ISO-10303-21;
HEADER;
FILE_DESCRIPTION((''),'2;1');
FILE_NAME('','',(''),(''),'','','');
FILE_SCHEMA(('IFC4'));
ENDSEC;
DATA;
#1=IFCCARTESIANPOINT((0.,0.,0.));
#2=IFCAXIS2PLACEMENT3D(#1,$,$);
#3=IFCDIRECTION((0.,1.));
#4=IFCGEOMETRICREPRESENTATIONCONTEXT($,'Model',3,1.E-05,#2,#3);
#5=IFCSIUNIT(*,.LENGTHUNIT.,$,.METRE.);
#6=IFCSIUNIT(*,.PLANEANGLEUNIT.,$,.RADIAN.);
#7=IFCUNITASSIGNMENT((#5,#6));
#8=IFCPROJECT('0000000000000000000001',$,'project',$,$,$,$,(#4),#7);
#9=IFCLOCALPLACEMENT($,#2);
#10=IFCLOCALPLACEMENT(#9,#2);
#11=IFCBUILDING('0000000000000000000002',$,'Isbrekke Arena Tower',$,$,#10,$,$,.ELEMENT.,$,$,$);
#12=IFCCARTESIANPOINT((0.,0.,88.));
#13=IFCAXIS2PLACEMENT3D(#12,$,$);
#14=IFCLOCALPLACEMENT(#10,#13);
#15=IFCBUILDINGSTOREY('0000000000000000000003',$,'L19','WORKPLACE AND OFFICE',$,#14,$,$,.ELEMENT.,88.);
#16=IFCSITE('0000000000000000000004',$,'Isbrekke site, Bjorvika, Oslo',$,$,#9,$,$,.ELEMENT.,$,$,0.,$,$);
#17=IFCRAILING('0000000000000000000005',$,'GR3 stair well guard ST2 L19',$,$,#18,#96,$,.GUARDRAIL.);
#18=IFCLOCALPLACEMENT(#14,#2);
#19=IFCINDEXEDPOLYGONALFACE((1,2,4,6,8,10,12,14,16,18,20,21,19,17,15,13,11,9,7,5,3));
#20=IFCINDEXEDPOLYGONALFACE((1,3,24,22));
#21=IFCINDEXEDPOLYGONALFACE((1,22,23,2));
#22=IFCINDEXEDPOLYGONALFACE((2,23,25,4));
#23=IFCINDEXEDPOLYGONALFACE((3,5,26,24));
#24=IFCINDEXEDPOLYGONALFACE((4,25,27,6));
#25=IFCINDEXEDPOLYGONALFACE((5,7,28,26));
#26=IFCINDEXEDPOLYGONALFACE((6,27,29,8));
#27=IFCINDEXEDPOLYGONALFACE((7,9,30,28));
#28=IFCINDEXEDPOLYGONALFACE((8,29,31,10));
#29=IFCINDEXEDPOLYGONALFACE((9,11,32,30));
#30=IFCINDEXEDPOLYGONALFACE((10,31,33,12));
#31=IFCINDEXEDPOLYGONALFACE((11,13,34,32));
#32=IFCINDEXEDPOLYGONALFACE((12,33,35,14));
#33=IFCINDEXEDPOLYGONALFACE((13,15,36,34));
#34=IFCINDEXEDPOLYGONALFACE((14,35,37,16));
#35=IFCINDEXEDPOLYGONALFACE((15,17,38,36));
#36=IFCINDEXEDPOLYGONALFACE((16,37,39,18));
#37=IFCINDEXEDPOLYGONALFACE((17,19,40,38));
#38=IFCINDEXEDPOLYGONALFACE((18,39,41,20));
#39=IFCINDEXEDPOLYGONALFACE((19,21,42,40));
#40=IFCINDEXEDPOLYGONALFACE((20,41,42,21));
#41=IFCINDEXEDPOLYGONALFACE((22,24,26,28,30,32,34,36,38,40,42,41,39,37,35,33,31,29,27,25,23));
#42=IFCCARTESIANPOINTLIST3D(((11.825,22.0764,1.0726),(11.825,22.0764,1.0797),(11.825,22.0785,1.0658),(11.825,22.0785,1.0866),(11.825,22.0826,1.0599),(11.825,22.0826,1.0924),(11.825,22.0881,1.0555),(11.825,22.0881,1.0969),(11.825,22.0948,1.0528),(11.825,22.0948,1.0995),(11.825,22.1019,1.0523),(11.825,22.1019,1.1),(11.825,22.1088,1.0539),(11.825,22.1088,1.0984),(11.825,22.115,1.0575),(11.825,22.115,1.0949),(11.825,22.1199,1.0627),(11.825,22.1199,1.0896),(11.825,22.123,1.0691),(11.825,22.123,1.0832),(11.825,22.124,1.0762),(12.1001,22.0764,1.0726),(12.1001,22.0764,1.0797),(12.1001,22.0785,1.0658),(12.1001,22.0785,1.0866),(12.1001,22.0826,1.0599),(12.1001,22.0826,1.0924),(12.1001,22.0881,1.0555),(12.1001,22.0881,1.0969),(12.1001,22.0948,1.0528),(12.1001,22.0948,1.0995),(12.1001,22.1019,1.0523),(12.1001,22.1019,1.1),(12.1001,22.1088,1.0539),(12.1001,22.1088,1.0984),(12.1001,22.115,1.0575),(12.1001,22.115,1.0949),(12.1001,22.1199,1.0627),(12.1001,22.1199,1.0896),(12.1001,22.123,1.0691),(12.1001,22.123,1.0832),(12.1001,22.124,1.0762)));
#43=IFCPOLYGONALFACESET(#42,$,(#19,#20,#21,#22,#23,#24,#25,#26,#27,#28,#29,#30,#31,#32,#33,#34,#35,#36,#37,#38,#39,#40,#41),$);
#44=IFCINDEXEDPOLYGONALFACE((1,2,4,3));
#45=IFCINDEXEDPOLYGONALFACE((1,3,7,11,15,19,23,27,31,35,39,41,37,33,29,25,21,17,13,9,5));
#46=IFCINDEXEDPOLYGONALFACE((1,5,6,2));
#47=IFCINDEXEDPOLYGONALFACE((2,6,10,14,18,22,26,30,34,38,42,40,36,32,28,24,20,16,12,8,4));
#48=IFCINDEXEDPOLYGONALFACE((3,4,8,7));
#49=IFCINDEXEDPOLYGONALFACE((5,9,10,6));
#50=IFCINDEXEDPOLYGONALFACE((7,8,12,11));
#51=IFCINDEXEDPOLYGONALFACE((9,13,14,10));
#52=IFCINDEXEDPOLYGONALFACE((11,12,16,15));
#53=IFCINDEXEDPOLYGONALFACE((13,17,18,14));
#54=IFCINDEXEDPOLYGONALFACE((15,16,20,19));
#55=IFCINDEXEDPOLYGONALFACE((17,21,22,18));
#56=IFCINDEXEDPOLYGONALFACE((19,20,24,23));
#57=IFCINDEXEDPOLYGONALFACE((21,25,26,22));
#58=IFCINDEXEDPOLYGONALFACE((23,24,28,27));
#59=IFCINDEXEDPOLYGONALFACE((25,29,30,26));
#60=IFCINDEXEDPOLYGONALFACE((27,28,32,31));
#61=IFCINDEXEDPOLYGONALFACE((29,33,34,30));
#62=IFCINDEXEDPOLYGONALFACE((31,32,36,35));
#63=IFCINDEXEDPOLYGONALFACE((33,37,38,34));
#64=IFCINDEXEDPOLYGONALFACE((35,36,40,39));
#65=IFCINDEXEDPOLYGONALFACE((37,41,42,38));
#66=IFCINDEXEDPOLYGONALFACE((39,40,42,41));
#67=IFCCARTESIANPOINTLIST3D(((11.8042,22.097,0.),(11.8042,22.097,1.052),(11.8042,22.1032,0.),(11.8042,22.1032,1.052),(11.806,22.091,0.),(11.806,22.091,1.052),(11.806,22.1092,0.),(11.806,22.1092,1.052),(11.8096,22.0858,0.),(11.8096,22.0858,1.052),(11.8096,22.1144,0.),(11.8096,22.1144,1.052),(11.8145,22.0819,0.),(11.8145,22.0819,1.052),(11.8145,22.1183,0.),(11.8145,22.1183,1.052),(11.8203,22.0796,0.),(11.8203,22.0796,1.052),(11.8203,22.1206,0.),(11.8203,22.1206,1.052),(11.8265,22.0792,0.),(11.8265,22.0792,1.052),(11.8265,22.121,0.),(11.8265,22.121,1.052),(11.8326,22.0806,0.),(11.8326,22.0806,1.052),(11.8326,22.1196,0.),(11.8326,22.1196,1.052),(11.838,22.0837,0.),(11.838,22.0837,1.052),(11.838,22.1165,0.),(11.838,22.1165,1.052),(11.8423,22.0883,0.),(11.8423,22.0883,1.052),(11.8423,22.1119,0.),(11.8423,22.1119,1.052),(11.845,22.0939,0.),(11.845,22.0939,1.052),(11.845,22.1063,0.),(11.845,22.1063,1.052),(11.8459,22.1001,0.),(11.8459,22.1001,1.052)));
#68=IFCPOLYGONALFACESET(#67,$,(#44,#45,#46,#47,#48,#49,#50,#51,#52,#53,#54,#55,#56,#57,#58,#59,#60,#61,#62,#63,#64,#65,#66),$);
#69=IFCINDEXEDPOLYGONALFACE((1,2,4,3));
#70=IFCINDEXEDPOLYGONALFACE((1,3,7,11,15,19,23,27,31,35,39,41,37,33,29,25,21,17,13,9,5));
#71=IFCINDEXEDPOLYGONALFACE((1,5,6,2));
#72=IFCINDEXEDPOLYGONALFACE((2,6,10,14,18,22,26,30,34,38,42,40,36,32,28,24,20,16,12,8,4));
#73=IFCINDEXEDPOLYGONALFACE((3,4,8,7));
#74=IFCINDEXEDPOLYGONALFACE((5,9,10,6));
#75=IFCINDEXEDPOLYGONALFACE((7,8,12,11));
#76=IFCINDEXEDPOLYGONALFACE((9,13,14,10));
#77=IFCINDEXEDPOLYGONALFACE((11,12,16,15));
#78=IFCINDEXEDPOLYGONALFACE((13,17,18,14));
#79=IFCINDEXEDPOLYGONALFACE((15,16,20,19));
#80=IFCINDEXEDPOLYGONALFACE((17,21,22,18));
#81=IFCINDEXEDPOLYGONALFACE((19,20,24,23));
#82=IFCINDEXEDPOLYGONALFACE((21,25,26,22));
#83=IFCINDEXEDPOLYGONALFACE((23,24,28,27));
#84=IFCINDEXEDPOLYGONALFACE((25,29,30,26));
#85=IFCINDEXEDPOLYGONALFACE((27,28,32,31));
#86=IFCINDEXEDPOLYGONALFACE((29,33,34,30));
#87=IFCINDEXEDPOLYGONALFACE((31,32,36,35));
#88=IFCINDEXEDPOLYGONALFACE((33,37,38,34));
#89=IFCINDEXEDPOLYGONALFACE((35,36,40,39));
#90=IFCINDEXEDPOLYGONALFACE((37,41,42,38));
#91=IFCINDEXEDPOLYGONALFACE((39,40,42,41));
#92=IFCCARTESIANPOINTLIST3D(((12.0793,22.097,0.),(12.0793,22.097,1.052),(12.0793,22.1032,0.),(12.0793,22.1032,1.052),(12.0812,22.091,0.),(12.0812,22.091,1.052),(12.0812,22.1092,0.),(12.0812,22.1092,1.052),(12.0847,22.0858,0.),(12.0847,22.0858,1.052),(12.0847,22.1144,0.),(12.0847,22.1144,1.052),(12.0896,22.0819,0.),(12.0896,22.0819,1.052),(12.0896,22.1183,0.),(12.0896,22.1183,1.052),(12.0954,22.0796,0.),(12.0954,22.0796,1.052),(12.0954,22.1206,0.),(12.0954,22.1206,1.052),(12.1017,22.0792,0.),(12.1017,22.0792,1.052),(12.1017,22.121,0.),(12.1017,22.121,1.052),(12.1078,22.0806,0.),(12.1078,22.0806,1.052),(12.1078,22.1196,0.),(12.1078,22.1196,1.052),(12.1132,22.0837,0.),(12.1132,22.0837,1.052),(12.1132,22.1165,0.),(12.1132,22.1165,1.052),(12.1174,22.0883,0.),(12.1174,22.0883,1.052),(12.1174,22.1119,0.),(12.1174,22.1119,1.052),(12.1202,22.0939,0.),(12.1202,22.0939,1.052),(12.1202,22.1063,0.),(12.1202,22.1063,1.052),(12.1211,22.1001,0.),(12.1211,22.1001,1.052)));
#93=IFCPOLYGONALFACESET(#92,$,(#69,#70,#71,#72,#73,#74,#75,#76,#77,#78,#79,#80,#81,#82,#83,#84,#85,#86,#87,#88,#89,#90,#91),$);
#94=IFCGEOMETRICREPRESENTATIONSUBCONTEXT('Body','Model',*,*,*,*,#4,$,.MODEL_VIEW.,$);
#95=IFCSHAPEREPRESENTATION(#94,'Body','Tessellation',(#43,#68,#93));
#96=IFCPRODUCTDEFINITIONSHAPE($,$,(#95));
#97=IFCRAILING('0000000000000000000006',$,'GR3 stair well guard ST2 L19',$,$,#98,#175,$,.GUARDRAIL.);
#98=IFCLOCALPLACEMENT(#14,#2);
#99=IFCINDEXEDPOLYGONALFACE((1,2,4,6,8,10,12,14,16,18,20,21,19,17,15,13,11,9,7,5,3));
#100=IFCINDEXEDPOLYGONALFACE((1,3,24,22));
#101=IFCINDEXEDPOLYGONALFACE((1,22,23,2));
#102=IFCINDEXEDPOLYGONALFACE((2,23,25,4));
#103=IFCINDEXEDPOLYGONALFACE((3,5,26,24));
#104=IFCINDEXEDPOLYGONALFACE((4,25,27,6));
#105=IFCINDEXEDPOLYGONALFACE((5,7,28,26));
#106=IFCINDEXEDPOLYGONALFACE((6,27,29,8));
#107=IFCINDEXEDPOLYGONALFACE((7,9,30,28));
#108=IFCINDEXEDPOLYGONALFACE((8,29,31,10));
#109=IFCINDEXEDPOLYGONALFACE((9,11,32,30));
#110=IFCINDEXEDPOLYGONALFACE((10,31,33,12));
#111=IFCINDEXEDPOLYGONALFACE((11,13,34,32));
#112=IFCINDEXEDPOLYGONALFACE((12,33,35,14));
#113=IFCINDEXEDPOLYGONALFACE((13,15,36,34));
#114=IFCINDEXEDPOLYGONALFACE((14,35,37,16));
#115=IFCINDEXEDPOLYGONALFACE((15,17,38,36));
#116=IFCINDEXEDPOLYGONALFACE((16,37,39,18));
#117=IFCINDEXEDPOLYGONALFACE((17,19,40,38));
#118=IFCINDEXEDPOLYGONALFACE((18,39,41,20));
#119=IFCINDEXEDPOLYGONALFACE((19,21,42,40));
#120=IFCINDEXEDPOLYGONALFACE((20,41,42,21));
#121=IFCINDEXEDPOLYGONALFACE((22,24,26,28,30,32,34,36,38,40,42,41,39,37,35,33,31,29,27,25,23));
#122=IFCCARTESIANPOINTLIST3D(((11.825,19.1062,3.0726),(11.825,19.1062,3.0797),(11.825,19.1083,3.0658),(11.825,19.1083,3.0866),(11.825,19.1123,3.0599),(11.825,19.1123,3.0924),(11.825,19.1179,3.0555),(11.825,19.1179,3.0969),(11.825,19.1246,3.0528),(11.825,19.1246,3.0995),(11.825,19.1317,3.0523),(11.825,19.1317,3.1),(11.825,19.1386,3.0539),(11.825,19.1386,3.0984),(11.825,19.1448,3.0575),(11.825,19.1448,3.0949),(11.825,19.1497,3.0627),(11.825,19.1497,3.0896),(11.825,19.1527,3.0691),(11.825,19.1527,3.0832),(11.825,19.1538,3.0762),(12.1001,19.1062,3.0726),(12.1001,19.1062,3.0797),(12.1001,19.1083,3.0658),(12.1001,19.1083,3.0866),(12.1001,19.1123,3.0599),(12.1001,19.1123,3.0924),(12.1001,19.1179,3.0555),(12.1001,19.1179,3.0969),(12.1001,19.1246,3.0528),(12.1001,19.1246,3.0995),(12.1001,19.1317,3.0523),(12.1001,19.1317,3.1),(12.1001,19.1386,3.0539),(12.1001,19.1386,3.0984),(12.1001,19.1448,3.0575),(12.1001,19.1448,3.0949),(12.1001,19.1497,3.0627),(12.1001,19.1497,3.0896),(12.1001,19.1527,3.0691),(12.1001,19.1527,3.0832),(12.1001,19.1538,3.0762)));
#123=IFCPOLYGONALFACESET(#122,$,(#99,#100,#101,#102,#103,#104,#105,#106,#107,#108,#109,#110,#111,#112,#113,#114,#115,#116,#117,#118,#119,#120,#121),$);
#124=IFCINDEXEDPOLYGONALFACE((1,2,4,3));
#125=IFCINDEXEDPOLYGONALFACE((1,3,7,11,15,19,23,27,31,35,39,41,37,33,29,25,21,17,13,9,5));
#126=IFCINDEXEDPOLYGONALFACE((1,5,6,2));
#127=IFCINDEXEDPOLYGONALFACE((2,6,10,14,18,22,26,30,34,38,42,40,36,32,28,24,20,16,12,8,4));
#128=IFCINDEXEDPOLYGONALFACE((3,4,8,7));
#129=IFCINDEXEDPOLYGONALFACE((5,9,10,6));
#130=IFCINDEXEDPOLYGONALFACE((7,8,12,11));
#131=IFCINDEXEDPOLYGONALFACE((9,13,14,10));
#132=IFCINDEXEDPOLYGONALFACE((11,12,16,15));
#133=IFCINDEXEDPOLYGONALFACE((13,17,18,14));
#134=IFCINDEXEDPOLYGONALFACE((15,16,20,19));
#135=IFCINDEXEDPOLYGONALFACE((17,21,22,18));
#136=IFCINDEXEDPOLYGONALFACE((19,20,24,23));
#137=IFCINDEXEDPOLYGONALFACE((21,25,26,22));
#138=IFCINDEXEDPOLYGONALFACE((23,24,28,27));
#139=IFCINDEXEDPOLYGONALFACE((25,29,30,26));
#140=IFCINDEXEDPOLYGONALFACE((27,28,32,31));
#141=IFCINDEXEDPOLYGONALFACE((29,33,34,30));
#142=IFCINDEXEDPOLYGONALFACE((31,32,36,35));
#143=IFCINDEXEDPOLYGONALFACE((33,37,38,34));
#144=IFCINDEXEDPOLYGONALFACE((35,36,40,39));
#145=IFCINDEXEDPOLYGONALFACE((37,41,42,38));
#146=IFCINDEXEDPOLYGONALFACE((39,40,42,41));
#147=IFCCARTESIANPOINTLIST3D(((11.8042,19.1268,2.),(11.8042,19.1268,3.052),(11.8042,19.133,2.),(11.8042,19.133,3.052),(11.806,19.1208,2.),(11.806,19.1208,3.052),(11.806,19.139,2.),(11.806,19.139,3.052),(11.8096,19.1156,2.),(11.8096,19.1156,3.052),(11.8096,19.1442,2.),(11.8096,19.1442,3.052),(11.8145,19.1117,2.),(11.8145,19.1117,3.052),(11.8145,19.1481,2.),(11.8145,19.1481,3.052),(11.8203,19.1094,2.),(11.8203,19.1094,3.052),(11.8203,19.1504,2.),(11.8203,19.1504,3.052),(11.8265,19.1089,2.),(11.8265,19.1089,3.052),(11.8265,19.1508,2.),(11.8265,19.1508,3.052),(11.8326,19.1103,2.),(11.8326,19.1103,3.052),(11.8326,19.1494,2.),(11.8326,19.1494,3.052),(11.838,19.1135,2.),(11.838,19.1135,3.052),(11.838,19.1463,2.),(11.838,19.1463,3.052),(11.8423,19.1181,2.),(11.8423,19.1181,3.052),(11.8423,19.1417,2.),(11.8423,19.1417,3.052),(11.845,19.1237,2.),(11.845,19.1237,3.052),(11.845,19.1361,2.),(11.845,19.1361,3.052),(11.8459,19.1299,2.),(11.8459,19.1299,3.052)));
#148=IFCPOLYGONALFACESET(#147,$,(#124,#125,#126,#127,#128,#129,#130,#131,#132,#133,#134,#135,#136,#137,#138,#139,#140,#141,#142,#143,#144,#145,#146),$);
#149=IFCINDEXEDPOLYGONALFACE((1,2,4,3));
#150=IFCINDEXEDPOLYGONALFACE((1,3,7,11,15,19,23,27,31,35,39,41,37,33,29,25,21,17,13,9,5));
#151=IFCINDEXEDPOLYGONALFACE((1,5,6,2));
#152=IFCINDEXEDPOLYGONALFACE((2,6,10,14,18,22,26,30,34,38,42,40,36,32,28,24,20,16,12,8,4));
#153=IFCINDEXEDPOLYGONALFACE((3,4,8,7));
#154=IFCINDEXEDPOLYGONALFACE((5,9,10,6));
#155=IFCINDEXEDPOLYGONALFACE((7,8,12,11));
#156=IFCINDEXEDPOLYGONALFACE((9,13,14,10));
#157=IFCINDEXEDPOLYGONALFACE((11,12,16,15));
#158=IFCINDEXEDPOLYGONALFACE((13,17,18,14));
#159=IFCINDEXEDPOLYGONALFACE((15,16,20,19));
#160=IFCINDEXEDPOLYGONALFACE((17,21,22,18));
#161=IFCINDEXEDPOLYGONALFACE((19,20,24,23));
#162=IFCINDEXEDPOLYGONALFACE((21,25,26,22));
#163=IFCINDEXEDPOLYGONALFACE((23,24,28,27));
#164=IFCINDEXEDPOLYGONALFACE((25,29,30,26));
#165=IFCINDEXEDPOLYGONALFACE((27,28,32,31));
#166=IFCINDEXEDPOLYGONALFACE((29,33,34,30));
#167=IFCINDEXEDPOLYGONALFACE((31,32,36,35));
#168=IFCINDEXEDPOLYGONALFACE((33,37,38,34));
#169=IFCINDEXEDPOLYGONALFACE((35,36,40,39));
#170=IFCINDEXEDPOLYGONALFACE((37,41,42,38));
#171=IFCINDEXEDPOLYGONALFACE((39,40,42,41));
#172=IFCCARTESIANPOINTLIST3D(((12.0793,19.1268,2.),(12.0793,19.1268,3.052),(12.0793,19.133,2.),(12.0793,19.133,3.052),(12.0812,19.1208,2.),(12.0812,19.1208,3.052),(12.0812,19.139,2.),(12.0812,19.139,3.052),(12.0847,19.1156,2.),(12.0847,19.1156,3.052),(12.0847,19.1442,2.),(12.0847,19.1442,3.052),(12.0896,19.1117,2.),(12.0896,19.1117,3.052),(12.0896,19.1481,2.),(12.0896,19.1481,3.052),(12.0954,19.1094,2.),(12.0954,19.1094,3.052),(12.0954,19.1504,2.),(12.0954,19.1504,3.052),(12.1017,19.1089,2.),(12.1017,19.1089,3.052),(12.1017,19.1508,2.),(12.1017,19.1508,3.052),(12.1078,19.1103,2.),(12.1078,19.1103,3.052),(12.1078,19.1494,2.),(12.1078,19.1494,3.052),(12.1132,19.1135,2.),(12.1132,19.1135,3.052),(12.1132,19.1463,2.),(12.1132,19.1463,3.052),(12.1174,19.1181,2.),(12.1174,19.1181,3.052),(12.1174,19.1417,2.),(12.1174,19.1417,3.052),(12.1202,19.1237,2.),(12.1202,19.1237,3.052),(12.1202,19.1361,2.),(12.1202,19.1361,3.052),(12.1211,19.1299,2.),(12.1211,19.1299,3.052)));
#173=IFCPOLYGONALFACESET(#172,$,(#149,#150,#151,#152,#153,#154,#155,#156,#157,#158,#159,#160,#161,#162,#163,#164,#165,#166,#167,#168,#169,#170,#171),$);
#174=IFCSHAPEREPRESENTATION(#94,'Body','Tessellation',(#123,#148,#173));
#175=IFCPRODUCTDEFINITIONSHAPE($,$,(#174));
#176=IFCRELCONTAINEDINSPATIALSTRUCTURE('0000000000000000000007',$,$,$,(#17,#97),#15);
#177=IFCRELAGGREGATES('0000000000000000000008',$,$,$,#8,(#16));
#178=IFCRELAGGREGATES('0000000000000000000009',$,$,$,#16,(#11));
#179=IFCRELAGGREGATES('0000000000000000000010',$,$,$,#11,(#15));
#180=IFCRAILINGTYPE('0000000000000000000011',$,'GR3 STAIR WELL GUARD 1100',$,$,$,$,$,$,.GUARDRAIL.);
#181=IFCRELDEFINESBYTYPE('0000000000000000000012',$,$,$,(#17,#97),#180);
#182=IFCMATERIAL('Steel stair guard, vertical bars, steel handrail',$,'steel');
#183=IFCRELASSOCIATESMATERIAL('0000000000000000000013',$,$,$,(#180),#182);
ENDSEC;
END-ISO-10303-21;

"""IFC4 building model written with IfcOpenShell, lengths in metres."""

from ifc_helpers import new_model, si_unit, direction, frame, origin, origin_2d, place, context, subcontext, project, spatial, circle, extrude, material, type_object, element, save


model = new_model("IFC4")

# Units and contexts
model_context = context("Model", 3, precision=1e-05, world=origin(), true_north=direction((0.0, 1.0)))
body_context = subcontext(model_context, "Body", "Model", "MODEL_VIEW")
ifc_project = project(units=[si_unit("LENGTHUNIT", "METRE"), si_unit("PLANEANGLEUNIT", "RADIAN")], contexts=[model_context])

# Site, building, storey
site_placement = place(None, origin())
site = spatial("IfcSite", under=ifc_project, at=site_placement, Name="Isbrekke site, Bjorvika, Oslo", CompositionType="ELEMENT", RefElevation=0.0)
building_placement = place(site_placement, origin())
building = spatial("IfcBuilding", under=site, at=building_placement, Name="Isbrekke Arena Tower", CompositionType="ELEMENT")
storey_placement = place(building_placement, frame((0.0, 0.0, 88.0)))
storey = spatial("IfcBuildingStorey", under=building, at=storey_placement, Name="L19", Description="WORKPLACE AND OFFICE", CompositionType="ELEMENT", Elevation=88.0)

# Railings
ifc_material_1 = material(Name="Steel stair guard, vertical bars, steel handrail", Category="steel")
railing_type = type_object("IfcRailingType", Name="GR3 STAIR WELL GUARD 1100", PredefinedType="GUARDRAIL", material=ifc_material_1)
for number, where, name in (
    (1, (11.825, 22.1001, 0.0), "GR3 stair well guard ST2 L19"),
    (2, (11.825, 19.1299, 2.0), "GR3 stair well guard ST2 L19"),
):
    element("IfcRailing", number, at=place(storey_placement, frame(where)), inside=storey, type_object=railing_type, Name=name, PredefinedType="GUARDRAIL", context=body_context, shape_type="SweptSolid", body=[
        extrude(circle(Radius=0.0239, at=origin_2d()), frame((0.0, 0.0, 1.0762), z_axis=(1.0, 0.0, 0.0), x_axis=(0.0, 1.0, 0.0)), (0.0, 0.0, 1.0), 0.2751),
        extrude(circle(Radius=0.021, at=origin_2d()), origin(), (0.0, 0.0, 1.0), 1.052),
        extrude(circle(Radius=0.021, at=origin_2d()), frame((0.2751, 0.0, 0.0)), (0.0, 0.0, 1.0), 1.052),
    ])

save(model, "model.ifc")
